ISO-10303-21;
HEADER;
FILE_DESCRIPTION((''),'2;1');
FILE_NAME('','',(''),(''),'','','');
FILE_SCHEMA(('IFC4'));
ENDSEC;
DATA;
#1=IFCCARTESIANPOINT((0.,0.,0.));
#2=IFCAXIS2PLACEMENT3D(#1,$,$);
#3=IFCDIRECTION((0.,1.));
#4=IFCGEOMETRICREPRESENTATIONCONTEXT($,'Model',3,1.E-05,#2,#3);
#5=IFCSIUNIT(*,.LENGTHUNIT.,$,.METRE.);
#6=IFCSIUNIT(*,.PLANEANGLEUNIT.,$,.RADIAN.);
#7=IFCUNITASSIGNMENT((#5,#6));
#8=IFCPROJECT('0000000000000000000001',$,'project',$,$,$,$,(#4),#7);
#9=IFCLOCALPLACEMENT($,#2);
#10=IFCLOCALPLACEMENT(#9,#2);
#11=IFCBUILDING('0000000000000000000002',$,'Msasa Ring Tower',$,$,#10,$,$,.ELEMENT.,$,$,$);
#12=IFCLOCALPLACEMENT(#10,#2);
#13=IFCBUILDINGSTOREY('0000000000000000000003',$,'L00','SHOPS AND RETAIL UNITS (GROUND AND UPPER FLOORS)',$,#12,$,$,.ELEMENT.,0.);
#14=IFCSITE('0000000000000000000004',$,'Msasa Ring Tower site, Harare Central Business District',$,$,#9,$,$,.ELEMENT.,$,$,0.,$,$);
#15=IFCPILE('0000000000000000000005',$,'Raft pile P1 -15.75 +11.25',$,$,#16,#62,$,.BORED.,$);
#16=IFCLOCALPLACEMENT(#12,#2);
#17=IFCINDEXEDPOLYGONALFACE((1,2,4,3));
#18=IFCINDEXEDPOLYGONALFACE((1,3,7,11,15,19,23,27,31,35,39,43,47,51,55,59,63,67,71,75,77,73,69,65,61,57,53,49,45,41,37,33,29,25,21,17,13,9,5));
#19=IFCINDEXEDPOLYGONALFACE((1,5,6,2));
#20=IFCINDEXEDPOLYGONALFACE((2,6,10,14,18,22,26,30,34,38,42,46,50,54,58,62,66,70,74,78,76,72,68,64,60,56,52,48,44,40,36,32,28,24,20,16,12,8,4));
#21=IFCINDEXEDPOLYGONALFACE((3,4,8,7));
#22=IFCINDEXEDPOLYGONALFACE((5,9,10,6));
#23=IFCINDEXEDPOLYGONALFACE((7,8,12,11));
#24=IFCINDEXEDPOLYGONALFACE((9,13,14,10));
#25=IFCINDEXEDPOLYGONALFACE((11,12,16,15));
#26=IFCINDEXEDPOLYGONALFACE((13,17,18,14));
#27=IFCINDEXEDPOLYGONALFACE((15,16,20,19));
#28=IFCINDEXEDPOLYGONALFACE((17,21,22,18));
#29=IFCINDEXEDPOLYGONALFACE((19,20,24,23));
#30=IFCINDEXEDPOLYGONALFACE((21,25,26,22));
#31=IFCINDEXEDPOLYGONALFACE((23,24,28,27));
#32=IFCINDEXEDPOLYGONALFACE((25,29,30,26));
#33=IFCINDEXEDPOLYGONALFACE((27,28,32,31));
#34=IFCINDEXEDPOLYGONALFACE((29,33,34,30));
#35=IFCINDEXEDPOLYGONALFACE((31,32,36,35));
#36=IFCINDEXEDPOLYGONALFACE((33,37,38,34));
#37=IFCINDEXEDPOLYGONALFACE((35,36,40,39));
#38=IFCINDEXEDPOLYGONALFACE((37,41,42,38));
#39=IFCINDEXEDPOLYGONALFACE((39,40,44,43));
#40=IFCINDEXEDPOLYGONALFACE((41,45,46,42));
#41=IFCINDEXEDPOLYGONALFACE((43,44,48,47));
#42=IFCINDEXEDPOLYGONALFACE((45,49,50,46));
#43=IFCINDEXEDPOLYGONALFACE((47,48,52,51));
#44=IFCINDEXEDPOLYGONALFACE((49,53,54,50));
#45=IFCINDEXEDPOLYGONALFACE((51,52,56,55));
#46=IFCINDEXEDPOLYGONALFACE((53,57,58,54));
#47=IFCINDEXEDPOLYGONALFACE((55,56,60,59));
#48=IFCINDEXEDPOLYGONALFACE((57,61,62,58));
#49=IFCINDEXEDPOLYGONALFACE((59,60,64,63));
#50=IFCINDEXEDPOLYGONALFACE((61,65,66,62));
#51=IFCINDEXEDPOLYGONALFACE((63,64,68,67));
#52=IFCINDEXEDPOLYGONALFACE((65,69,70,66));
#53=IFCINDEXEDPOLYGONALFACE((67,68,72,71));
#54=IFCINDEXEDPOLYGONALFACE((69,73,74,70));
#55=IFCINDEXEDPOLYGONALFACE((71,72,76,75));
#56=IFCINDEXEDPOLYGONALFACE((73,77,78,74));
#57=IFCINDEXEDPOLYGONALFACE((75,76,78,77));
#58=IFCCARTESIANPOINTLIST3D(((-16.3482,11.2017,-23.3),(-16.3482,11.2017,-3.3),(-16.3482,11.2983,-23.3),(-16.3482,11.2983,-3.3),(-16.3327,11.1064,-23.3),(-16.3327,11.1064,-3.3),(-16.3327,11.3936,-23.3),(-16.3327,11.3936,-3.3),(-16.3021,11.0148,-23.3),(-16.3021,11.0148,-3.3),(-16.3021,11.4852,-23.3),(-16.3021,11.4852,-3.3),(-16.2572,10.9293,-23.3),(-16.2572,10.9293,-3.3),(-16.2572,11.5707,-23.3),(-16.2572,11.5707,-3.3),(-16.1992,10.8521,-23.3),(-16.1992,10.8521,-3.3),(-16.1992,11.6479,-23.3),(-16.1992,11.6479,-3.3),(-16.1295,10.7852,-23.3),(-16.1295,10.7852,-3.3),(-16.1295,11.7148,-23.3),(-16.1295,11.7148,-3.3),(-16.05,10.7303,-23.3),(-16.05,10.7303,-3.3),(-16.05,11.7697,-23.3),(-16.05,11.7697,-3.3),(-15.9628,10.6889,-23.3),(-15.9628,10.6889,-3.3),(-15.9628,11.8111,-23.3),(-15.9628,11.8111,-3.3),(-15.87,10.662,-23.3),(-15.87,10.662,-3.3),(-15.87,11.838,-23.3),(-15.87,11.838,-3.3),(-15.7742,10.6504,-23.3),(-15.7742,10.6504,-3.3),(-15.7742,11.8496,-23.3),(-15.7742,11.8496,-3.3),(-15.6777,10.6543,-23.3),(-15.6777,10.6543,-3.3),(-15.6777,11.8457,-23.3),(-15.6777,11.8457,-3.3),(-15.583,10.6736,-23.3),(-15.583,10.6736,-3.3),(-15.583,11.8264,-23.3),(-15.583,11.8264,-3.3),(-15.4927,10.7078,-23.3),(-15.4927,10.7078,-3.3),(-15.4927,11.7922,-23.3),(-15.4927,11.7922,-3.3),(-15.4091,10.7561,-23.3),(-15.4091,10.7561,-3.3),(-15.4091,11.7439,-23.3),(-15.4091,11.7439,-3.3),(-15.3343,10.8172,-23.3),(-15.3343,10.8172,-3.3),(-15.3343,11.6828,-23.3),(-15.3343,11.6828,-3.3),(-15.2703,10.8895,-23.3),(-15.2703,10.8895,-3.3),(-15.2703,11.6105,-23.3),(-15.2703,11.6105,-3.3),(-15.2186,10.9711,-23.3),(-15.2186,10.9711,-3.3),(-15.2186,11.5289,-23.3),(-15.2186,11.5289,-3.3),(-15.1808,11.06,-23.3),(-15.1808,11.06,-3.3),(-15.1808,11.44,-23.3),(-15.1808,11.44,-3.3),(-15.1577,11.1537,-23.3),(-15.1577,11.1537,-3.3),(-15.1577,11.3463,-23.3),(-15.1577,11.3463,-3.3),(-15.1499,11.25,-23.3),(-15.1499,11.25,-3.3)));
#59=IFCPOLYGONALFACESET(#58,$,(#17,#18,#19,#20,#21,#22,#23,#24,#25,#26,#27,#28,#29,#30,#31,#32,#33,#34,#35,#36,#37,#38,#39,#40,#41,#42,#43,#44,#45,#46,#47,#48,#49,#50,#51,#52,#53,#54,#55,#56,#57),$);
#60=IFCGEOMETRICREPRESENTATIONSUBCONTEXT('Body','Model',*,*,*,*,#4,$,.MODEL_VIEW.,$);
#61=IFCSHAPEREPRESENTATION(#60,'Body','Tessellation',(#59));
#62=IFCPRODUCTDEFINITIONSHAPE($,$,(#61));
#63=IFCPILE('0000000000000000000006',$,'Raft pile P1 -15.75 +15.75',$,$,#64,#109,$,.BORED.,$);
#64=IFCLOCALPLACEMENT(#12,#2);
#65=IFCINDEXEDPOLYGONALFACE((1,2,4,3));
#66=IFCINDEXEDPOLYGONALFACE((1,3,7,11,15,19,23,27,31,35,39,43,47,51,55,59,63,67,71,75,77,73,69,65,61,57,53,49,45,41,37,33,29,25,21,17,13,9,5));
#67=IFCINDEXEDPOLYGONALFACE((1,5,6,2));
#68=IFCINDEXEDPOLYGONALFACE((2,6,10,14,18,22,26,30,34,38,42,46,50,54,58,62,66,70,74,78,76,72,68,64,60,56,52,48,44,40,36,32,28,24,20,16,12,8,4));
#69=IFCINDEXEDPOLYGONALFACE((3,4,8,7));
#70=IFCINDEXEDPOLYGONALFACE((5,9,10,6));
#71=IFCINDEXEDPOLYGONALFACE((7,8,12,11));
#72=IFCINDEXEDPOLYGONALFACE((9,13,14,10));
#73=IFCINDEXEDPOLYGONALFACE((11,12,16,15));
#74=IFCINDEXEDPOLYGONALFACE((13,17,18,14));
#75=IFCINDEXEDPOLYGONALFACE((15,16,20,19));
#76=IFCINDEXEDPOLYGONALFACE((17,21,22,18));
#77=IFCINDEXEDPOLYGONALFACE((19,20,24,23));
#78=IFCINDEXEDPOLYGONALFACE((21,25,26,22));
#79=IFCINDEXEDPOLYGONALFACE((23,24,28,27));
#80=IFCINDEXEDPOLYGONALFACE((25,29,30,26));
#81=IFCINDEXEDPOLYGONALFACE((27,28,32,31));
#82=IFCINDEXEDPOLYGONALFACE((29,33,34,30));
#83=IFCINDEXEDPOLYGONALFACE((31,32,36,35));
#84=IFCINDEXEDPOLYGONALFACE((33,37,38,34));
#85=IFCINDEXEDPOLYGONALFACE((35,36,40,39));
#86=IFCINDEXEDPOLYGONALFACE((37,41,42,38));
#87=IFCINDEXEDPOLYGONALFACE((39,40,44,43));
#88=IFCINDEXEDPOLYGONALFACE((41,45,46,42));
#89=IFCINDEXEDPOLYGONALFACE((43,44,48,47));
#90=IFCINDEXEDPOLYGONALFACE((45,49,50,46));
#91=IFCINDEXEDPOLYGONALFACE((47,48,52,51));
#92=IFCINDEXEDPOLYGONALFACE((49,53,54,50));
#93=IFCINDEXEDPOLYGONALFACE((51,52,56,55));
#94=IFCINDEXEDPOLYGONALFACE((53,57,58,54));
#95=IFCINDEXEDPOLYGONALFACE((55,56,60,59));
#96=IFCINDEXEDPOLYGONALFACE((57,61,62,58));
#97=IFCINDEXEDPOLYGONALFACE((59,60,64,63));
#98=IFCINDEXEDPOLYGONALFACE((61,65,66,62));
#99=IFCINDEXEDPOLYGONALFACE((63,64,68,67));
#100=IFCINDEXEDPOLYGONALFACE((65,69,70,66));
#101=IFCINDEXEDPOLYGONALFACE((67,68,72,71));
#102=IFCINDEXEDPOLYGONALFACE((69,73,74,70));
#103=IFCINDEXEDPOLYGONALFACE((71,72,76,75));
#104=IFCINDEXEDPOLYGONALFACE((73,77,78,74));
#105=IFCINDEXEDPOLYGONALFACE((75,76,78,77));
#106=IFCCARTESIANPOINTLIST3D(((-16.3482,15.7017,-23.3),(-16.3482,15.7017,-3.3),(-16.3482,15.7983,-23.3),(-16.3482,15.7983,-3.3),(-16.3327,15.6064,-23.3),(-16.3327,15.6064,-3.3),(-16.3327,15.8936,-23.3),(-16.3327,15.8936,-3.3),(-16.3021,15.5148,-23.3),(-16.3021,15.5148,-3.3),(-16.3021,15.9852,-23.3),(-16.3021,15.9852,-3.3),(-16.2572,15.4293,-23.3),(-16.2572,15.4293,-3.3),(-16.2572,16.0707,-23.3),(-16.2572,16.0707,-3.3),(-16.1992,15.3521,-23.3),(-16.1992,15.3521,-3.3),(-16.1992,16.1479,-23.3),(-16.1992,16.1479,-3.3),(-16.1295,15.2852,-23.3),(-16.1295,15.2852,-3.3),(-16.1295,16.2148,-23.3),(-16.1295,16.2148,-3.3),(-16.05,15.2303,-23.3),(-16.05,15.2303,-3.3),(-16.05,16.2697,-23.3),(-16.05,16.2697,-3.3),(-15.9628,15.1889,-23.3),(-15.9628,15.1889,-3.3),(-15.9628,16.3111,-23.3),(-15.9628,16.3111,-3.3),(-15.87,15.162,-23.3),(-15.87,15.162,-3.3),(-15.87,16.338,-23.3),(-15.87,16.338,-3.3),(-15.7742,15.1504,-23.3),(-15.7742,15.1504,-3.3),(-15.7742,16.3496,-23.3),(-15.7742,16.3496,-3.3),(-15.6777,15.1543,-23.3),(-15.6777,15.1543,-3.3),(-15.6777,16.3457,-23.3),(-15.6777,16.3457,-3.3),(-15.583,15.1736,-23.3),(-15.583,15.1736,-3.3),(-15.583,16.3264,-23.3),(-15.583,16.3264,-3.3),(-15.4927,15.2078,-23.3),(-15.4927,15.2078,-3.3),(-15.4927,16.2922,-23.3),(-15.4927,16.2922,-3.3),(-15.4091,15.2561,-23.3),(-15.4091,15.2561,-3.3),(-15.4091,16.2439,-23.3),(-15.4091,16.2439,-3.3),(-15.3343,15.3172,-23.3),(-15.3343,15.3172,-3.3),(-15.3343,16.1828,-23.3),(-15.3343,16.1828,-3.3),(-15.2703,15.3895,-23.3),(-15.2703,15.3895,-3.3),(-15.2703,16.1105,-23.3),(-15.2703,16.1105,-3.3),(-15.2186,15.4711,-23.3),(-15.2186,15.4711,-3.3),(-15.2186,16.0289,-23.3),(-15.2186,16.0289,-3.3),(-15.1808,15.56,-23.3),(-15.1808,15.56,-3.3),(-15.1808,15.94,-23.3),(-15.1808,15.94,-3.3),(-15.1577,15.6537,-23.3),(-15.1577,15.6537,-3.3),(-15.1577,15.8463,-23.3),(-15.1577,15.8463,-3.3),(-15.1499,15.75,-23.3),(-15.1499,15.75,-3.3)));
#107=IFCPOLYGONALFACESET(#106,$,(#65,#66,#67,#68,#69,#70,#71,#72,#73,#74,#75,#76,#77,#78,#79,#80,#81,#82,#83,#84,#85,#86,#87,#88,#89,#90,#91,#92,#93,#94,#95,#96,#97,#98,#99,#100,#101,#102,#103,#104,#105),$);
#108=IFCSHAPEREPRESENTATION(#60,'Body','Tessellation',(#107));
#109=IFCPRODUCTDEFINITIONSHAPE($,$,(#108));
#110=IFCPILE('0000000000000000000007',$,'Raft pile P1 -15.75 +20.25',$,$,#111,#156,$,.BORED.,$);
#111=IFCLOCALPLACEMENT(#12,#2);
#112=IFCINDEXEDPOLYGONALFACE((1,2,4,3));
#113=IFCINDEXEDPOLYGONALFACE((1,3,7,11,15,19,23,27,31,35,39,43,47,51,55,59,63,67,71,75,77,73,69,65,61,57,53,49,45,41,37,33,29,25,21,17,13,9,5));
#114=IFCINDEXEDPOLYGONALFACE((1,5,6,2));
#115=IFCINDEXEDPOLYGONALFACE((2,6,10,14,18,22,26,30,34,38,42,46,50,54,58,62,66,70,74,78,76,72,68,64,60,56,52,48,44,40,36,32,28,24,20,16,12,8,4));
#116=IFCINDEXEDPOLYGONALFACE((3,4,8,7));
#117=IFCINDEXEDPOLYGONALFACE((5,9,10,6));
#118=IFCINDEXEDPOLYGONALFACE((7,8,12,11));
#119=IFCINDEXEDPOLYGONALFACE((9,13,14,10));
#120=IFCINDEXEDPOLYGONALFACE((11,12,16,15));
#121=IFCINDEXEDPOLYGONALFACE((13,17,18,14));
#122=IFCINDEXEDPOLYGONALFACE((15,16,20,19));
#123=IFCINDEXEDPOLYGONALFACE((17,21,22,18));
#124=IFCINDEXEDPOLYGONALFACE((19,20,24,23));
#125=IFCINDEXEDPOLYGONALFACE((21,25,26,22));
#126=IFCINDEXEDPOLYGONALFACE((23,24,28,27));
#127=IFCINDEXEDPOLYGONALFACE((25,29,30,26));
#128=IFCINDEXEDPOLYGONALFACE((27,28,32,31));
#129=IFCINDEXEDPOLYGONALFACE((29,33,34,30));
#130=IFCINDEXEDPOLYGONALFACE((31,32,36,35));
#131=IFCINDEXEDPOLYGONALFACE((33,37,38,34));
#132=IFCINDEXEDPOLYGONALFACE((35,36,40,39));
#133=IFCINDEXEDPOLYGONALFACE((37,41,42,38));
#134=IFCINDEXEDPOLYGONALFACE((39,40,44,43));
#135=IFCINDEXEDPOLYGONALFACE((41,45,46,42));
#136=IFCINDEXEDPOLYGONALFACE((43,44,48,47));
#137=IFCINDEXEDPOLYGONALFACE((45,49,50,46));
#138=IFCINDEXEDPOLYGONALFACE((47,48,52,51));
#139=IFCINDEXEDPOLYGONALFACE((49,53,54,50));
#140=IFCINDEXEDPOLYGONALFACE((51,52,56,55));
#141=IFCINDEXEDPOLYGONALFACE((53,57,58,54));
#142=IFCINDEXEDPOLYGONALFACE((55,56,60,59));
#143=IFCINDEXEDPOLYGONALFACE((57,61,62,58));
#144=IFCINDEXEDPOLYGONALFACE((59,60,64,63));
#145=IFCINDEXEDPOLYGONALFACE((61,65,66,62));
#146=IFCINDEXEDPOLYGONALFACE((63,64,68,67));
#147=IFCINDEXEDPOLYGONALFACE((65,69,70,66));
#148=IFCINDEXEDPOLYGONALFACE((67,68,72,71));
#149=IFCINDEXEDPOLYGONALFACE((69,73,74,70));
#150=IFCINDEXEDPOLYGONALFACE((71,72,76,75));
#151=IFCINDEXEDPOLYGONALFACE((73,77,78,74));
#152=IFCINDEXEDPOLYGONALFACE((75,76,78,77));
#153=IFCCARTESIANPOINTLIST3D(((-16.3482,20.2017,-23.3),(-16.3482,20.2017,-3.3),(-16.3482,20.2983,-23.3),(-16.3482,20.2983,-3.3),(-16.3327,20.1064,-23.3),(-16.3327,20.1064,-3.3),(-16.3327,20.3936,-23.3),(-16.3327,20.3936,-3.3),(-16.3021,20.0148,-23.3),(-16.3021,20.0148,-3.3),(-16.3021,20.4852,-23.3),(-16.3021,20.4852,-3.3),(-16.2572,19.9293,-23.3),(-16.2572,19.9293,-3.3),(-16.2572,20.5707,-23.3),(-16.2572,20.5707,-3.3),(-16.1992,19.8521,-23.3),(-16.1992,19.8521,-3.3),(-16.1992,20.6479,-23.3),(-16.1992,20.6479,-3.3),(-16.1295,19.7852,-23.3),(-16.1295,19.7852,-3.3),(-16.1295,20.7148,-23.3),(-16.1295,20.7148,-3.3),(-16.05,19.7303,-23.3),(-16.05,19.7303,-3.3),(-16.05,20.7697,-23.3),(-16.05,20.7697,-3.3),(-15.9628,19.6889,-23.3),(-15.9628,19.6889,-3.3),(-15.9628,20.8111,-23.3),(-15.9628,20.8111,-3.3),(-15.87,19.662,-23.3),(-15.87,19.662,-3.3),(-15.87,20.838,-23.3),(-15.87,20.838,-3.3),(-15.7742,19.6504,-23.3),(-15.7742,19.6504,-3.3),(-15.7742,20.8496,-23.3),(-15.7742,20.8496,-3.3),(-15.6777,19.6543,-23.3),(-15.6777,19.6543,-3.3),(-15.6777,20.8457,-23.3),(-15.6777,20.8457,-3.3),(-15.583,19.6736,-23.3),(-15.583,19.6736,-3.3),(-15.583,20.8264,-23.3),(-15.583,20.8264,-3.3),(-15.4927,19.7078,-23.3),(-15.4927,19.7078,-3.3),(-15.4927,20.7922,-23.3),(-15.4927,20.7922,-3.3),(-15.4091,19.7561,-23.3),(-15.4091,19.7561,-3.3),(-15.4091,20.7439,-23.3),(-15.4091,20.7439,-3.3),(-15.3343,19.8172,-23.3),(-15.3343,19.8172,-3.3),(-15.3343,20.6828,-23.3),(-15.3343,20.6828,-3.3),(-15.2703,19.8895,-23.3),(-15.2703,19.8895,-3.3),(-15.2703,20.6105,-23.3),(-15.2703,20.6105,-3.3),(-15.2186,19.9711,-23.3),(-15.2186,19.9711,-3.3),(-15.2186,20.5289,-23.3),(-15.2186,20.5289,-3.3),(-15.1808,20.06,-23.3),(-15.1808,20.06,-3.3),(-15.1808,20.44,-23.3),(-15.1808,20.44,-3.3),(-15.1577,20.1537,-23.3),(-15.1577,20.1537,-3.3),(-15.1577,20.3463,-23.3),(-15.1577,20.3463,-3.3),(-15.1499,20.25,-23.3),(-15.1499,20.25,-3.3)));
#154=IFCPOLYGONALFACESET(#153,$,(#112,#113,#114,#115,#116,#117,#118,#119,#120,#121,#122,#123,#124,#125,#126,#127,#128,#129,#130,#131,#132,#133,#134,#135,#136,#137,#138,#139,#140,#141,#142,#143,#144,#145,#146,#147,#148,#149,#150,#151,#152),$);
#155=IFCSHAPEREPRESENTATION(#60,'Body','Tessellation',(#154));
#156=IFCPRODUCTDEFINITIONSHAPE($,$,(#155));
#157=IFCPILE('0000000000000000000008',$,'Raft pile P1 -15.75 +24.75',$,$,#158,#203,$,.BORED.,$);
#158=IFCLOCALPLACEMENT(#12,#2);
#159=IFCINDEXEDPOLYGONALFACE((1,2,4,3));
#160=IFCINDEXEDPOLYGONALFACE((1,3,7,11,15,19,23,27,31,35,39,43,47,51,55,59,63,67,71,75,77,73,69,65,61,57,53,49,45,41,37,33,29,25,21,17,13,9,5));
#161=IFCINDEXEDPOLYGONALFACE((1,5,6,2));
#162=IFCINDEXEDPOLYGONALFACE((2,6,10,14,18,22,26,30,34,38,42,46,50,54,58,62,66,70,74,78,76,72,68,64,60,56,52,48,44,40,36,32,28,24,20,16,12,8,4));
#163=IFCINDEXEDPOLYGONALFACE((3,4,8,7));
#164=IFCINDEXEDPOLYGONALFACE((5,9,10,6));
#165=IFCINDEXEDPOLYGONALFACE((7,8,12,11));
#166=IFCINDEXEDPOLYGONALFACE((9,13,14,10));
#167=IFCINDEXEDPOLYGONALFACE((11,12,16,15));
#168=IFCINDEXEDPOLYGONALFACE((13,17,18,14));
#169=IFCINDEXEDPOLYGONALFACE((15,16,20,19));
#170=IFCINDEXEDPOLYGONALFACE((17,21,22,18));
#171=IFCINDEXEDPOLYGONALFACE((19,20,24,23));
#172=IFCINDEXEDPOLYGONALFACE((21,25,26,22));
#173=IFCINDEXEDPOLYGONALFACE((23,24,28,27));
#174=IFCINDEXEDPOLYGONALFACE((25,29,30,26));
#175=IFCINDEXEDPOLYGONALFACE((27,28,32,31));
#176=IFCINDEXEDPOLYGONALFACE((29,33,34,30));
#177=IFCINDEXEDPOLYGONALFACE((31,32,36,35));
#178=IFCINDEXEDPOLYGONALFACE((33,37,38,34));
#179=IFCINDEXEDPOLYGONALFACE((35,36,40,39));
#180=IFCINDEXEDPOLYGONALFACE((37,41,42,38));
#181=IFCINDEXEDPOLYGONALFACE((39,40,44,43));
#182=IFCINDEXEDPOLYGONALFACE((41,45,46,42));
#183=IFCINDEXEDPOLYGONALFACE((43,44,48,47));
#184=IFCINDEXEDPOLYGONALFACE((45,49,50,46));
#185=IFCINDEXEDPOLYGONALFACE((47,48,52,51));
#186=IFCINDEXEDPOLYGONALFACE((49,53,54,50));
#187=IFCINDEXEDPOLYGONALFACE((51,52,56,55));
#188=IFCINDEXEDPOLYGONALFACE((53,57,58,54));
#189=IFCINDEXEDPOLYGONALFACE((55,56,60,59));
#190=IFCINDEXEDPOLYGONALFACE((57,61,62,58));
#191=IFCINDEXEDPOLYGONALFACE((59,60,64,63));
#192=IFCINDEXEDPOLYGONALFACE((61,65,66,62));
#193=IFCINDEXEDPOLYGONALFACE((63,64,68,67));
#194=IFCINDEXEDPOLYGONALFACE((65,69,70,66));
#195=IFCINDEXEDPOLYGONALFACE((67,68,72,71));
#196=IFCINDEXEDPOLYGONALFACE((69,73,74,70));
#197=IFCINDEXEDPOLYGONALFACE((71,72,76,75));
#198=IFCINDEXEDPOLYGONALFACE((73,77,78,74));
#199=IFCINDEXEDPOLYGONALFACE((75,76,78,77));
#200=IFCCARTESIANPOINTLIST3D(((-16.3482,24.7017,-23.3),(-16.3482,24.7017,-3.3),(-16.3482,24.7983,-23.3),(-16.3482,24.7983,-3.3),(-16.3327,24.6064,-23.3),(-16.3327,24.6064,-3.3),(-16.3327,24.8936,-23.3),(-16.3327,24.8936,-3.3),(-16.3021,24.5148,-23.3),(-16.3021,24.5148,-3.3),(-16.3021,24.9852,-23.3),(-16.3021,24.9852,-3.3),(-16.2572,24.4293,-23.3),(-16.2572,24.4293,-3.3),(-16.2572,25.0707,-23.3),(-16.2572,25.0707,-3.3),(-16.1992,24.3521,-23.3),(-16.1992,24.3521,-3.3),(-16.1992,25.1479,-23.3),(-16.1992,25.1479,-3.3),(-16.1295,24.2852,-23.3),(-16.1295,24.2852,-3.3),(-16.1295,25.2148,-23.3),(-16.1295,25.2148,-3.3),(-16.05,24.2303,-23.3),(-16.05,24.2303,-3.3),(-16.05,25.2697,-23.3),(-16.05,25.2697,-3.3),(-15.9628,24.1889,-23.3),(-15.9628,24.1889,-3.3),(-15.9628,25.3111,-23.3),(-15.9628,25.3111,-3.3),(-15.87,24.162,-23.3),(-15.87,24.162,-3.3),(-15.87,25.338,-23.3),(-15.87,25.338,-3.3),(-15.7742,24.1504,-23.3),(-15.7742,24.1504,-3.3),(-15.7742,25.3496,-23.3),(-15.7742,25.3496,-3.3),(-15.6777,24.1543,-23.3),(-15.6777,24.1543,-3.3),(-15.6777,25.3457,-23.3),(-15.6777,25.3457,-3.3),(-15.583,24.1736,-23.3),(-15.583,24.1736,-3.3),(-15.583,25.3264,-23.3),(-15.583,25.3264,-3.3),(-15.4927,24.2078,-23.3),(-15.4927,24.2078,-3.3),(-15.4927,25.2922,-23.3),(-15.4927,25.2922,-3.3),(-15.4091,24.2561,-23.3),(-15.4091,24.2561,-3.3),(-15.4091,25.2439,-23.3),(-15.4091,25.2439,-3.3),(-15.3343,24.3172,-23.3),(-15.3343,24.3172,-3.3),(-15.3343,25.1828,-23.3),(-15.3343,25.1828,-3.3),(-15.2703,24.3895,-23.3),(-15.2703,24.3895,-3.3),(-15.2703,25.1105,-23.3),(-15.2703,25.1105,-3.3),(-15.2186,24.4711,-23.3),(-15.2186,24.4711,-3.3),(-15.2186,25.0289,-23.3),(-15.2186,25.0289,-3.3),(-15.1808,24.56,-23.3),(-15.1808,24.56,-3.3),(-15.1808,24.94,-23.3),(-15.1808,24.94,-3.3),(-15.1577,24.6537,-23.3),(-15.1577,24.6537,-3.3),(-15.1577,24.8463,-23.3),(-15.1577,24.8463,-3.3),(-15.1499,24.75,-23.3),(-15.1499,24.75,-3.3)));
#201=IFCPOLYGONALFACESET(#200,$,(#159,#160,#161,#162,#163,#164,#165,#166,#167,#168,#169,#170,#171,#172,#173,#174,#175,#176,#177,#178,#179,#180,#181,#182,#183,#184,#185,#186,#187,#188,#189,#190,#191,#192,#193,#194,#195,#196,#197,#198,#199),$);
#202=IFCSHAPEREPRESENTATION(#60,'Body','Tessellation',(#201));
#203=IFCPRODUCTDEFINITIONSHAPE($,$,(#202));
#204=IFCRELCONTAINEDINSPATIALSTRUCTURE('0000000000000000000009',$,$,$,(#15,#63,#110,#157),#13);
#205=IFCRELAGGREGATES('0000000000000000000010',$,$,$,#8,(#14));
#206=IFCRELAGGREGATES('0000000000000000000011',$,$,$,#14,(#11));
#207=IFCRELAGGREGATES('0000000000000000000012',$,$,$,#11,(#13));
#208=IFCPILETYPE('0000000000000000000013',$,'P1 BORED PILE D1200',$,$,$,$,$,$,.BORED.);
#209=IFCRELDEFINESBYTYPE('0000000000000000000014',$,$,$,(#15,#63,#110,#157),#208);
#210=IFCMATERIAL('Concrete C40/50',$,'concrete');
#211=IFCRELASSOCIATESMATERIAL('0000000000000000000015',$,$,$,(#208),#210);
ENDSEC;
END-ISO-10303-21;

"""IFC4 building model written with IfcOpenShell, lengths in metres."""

from ifc_helpers import new_model, si_unit, direction, frame, origin, origin_2d, place, context, subcontext, project, spatial, circle, extrude, material, material_profile, profile_set, type_object, element, save


model = new_model("IFC4")

# Units and contexts
model_context = context("Model", 3, precision=1e-05, world=origin(), true_north=direction((0.0, 1.0)))
body_context = subcontext(model_context, "Body", "Model", "MODEL_VIEW")
ifc_project = project(units=[si_unit("LENGTHUNIT", "METRE"), si_unit("PLANEANGLEUNIT", "RADIAN")], contexts=[model_context])

# Site, building, storey
site_placement = place(None, origin())
site = spatial("IfcSite", under=ifc_project, at=site_placement, Name="Msasa Ring Tower site, Harare Central Business District", CompositionType="ELEMENT", RefElevation=0.0)
building_placement = place(site_placement, origin())
building = spatial("IfcBuilding", under=site, at=building_placement, Name="Msasa Ring Tower", CompositionType="ELEMENT")
storey_placement = place(building_placement, origin())
storey = spatial("IfcBuildingStorey", under=building, at=storey_placement, Name="L00", Description="SHOPS AND RETAIL UNITS (GROUND AND UPPER FLOORS)", CompositionType="ELEMENT", Elevation=0.0)

# Piles
ifc_material_1 = material(Name="Concrete C40/50", Category="concrete")
ifc_material_profile_1 = material_profile(ifc_material_1, circle(Radius=0.6001, at=origin_2d()), Name="D1200")
ifc_profile_set_1 = profile_set([ifc_material_profile_1], Name="Concrete C40/50")
pile_type = type_object("IfcPileType", Name="P1 BORED PILE D1200", PredefinedType="BORED", material=ifc_profile_set_1)
for number, where, z_axis, x_axis, name in (
    (1, (-15.75, 11.25, -3.3), (0.0, 0.0, -1.0), (1.0, 0.0, 0.0), "Raft pile P1 -15.75 +11.25"),
    (2, (-15.75, 15.75, -3.3), (0.0, 0.0, -1.0), (1.0, 0.0, 0.0), "Raft pile P1 -15.75 +15.75"),
    (3, (-15.75, 20.25, -3.3), (0.0, 0.0, -1.0), (1.0, 0.0, 0.0), "Raft pile P1 -15.75 +20.25"),
    (4, (-15.75, 24.75, -3.3), (0.0, 0.0, -1.0), (1.0, 0.0, 0.0), "Raft pile P1 -15.75 +24.75"),
):
    element("IfcPile", number, at=place(storey_placement, frame(where, z_axis=z_axis, x_axis=x_axis)), inside=storey, type_object=pile_type, Name=name, PredefinedType="BORED", context=body_context, shape_type="SweptSolid", body=[
        extrude(circle(Radius=0.6001, at=origin_2d()), origin(), (0.0, 0.0, 1.0), 20.0),
    ])

save(model, "model.ifc")
